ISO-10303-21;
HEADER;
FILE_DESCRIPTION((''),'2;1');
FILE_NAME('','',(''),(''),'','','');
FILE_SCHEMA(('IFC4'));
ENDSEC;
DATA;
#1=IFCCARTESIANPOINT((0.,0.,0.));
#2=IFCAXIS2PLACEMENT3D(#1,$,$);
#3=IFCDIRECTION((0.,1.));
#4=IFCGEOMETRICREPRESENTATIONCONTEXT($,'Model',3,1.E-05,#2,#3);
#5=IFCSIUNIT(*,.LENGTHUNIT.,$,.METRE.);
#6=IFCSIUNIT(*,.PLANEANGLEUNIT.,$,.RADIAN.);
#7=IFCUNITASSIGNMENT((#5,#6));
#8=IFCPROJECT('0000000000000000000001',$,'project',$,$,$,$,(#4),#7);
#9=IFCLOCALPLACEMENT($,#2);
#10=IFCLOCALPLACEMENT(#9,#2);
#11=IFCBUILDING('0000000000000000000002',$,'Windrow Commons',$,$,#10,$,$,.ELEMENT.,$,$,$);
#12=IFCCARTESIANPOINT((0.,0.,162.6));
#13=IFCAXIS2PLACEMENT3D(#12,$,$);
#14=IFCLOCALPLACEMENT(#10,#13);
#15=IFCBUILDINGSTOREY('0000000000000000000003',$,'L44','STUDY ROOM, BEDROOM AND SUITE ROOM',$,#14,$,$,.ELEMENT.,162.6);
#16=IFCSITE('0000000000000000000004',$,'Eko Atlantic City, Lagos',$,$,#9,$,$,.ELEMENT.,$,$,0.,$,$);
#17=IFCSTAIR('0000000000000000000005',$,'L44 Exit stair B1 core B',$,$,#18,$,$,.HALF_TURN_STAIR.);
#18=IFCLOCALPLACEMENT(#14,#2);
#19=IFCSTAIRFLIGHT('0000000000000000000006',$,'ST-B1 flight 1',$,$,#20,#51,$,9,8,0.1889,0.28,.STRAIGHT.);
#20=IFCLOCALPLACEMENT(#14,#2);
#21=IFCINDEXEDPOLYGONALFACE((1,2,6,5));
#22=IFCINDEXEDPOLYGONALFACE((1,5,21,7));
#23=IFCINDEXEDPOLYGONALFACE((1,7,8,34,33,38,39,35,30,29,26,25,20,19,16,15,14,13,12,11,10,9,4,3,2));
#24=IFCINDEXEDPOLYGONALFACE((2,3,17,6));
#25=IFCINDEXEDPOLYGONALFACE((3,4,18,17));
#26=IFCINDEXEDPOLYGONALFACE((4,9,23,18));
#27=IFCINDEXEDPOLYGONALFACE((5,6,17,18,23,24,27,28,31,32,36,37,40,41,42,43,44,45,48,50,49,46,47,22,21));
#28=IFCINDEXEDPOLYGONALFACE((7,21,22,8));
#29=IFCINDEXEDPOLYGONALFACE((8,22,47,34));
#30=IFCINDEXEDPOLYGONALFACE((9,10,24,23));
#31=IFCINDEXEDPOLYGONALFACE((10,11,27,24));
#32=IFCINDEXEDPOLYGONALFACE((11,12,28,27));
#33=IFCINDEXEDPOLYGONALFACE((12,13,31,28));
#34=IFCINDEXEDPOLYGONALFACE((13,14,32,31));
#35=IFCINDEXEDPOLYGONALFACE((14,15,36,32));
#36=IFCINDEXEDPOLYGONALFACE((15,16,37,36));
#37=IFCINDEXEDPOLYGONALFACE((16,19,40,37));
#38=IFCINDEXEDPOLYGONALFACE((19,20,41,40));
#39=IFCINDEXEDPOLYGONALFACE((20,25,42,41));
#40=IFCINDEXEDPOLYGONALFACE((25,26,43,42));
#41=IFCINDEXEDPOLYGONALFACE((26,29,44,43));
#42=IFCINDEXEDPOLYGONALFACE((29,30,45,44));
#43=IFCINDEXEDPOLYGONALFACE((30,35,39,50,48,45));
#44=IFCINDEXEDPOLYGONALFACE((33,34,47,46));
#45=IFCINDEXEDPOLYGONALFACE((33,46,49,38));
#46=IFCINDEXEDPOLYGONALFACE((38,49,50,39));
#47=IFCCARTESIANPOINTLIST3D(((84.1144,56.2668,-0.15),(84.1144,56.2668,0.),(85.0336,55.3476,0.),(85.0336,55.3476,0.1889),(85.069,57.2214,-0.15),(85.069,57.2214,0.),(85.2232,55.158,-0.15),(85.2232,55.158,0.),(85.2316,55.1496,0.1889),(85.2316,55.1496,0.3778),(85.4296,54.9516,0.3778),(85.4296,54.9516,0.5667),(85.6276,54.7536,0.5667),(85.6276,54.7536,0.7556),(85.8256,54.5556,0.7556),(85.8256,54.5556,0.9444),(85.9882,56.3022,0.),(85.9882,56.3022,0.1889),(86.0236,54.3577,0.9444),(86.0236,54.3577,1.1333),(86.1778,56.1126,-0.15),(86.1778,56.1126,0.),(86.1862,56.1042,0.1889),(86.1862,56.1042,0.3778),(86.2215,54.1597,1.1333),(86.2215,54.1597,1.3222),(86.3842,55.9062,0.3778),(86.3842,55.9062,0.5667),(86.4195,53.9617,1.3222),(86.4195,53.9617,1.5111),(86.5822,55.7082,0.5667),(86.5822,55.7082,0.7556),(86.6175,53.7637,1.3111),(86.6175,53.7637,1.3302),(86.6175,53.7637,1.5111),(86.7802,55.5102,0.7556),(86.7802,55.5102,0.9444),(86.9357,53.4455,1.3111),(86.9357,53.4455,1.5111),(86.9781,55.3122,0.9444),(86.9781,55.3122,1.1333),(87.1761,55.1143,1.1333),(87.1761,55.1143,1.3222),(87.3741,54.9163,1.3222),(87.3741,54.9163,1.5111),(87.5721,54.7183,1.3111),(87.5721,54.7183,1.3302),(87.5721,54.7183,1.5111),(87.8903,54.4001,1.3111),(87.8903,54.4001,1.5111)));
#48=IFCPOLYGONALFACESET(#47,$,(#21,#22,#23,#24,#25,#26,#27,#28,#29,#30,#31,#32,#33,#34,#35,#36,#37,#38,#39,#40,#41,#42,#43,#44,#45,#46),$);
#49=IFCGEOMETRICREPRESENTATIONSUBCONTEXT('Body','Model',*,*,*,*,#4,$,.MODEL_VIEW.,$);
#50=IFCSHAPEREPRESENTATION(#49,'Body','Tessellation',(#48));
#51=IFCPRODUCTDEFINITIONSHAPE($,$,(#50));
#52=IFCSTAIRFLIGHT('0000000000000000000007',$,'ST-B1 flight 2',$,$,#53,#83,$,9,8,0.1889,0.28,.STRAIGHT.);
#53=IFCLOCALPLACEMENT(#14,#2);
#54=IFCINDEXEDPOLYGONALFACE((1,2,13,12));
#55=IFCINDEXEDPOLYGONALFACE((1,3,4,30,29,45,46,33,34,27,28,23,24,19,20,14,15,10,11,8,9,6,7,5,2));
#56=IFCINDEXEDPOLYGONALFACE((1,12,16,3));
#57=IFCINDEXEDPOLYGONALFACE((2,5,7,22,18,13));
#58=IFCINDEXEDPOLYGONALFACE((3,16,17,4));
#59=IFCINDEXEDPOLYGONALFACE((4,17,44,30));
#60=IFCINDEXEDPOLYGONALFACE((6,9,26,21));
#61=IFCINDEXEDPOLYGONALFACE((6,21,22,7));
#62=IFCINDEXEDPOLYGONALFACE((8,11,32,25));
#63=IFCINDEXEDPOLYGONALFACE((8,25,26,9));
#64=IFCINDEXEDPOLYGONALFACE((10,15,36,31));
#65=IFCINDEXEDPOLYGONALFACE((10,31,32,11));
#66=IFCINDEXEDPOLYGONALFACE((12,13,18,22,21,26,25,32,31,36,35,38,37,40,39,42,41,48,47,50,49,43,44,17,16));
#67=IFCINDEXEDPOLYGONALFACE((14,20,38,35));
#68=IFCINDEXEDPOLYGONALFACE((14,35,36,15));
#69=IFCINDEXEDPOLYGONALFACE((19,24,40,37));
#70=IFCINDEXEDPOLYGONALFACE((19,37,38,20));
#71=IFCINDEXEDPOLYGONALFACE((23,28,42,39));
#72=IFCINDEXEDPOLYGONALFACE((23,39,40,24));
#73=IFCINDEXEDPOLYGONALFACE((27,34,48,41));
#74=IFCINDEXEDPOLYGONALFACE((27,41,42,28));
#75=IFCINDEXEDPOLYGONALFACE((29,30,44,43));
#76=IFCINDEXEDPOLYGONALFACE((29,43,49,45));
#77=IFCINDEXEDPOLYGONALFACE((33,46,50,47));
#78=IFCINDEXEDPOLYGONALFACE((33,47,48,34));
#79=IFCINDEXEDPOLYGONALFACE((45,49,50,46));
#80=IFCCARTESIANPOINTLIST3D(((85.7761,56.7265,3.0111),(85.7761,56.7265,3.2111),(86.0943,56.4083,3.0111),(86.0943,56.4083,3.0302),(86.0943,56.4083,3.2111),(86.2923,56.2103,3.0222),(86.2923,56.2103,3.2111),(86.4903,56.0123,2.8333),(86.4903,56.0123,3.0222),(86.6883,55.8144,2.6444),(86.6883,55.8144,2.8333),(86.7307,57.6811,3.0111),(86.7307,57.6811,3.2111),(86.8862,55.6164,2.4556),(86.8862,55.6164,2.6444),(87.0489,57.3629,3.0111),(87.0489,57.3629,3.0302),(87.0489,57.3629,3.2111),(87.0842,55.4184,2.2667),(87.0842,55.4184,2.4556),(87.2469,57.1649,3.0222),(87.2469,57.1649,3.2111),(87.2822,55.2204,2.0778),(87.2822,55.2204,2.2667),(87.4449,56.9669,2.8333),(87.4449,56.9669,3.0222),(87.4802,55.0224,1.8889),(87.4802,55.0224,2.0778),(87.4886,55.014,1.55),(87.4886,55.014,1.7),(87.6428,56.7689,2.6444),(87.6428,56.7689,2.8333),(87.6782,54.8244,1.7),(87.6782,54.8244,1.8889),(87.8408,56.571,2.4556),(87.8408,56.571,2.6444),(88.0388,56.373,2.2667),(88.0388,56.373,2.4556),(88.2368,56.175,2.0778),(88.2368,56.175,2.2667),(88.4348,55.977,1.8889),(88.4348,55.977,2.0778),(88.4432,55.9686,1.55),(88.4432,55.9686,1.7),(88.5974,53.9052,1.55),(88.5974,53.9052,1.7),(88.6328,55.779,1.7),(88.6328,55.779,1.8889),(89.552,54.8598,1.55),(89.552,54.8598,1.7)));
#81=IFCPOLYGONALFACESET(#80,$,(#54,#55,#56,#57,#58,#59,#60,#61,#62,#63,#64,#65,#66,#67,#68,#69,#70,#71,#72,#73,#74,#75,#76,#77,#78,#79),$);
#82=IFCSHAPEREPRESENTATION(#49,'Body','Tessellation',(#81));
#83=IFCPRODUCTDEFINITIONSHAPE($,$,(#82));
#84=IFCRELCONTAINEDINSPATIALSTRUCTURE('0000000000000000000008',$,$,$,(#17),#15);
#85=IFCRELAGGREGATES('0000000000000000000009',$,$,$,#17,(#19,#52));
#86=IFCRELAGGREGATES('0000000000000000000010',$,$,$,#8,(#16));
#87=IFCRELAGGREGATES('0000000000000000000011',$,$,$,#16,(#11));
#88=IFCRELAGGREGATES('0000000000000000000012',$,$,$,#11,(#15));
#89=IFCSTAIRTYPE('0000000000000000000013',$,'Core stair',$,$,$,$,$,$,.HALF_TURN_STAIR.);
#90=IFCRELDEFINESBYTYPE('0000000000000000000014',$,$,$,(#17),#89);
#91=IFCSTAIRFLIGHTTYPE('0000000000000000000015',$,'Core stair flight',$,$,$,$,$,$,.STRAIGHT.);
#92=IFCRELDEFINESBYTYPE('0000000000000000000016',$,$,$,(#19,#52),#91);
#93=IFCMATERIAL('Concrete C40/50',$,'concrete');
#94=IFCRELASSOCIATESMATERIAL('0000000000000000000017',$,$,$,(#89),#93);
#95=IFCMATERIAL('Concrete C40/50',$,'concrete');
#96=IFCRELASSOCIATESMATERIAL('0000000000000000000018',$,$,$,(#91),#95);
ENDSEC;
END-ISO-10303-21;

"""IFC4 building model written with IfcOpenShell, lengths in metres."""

from ifc_helpers import new_model, si_unit, direction, frame, origin, place, context, subcontext, project, spatial, polyline, outline, extrude, material, type_object, element, aggregate, save


model = new_model("IFC4")

# Units and contexts
model_context = context("Model", 3, precision=1e-05, world=origin(), true_north=direction((0.0, 1.0)))
body_context = subcontext(model_context, "Body", "Model", "MODEL_VIEW")
ifc_project = project(units=[si_unit("LENGTHUNIT", "METRE"), si_unit("PLANEANGLEUNIT", "RADIAN")], contexts=[model_context])

# Site, building, storey
site_placement = place(None, origin())
site = spatial("IfcSite", under=ifc_project, at=site_placement, Name="Eko Atlantic City, Lagos", CompositionType="ELEMENT", RefElevation=0.0)
building_placement = place(site_placement, origin())
building = spatial("IfcBuilding", under=site, at=building_placement, Name="Windrow Commons", CompositionType="ELEMENT")
storey_placement = place(building_placement, frame((0.0, 0.0, 162.6)))
storey = spatial("IfcBuildingStorey", under=building, at=storey_placement, Name="L44", Description="STUDY ROOM, BEDROOM AND SUITE ROOM", CompositionType="ELEMENT", Elevation=162.6)

# Stair, stair flights
ifc_material_1 = material(Name="Concrete C40/50", Category="concrete")
stair_type = type_object("IfcStairType", Name="Core stair", PredefinedType="HALF_TURN_STAIR", material=ifc_material_1)
stair_placement = place(storey_placement, origin())
stair = element("IfcStair", 1, at=stair_placement, inside=storey, type_object=stair_type, Name="L44 Exit stair B1 core B", PredefinedType="HALF_TURN_STAIR")
ifc_material_2 = material(Name="Concrete C40/50", Category="concrete")
stair_flight_type = type_object("IfcStairFlightType", Name="Core stair flight", PredefinedType="STRAIGHT", material=ifc_material_2)
stair_flight_1_placement = place(storey_placement, frame((85.5109, 55.8249, 0.0), z_axis=(0.0, 0.0, 1.0), x_axis=(0.707107, -0.707107, 0.0)))
stair_flight_1 = element("IfcStairFlight", 2, at=stair_flight_1_placement, type_object=stair_flight_type, Name="ST-B1 flight 1", NumberOfRisers=9, NumberOfTreads=8, PredefinedType="STRAIGHT", RiserHeight=0.1889, TreadLength=0.28, context=body_context, shape_type="SweptSolid", body=[
    extrude(outline(polyline([(-1.3, -0.15), (-1.3, 0.0), (0.0, 0.0), (0.0, 0.1889), (0.28, 0.1889), (0.28, 0.3778), (0.56, 0.3778), (0.56, 0.5667), (0.84, 0.5667), (0.84, 0.7556), (1.12, 0.7556), (1.12, 0.9444), (1.4, 0.9444), (1.4, 1.1333), (1.68, 1.1333), (1.68, 1.3222), (1.96, 1.3222), (1.96, 1.5111), (2.24, 1.5111), (2.69, 1.5111), (2.69, 1.3111), (2.24, 1.3111), (2.24, 1.3302), (0.2682, 0.0), (0.2682, -0.15), (-1.3, -0.15)])), frame((0.0, 0.675, 0.0), z_axis=(0.0, -1.0, 0.0), x_axis=(1.0, 0.0, 0.0)), (0.0, 0.0, 1.0), 1.35),
])
stair_flight_2_placement = place(storey_placement, frame((88.1555, 55.3017, 1.7), z_axis=(0.0, 0.0, 1.0), x_axis=(-0.707107, 0.707107, 0.0)))
stair_flight_2 = element("IfcStairFlight", 3, at=stair_flight_2_placement, type_object=stair_flight_type, Name="ST-B1 flight 2", NumberOfRisers=9, NumberOfTreads=8, PredefinedType="STRAIGHT", RiserHeight=0.1889, TreadLength=0.28, context=body_context, shape_type="SweptSolid", body=[
    extrude(outline(polyline([(-1.3, -0.15), (-1.3, 0.0), (0.0, 0.0), (0.0, 0.1889), (0.28, 0.1889), (0.28, 0.3778), (0.56, 0.3778), (0.56, 0.5667), (0.84, 0.5667), (0.84, 0.7556), (1.12, 0.7556), (1.12, 0.9444), (1.4, 0.9444), (1.4, 1.1333), (1.68, 1.1333), (1.68, 1.3222), (1.96, 1.3222), (1.96, 1.5111), (2.24, 1.5111), (2.69, 1.5111), (2.69, 1.3111), (2.24, 1.3111), (2.24, 1.3302), (0.2682, 0.0), (0.2682, -0.15), (-1.3, -0.15)])), frame((0.0, 0.675, 0.0), z_axis=(0.0, -1.0, 0.0), x_axis=(1.0, 0.0, 0.0)), (0.0, 0.0, 1.0), 1.35),
])
aggregate(stair, [stair_flight_1, stair_flight_2])

save(model, "model.ifc")
